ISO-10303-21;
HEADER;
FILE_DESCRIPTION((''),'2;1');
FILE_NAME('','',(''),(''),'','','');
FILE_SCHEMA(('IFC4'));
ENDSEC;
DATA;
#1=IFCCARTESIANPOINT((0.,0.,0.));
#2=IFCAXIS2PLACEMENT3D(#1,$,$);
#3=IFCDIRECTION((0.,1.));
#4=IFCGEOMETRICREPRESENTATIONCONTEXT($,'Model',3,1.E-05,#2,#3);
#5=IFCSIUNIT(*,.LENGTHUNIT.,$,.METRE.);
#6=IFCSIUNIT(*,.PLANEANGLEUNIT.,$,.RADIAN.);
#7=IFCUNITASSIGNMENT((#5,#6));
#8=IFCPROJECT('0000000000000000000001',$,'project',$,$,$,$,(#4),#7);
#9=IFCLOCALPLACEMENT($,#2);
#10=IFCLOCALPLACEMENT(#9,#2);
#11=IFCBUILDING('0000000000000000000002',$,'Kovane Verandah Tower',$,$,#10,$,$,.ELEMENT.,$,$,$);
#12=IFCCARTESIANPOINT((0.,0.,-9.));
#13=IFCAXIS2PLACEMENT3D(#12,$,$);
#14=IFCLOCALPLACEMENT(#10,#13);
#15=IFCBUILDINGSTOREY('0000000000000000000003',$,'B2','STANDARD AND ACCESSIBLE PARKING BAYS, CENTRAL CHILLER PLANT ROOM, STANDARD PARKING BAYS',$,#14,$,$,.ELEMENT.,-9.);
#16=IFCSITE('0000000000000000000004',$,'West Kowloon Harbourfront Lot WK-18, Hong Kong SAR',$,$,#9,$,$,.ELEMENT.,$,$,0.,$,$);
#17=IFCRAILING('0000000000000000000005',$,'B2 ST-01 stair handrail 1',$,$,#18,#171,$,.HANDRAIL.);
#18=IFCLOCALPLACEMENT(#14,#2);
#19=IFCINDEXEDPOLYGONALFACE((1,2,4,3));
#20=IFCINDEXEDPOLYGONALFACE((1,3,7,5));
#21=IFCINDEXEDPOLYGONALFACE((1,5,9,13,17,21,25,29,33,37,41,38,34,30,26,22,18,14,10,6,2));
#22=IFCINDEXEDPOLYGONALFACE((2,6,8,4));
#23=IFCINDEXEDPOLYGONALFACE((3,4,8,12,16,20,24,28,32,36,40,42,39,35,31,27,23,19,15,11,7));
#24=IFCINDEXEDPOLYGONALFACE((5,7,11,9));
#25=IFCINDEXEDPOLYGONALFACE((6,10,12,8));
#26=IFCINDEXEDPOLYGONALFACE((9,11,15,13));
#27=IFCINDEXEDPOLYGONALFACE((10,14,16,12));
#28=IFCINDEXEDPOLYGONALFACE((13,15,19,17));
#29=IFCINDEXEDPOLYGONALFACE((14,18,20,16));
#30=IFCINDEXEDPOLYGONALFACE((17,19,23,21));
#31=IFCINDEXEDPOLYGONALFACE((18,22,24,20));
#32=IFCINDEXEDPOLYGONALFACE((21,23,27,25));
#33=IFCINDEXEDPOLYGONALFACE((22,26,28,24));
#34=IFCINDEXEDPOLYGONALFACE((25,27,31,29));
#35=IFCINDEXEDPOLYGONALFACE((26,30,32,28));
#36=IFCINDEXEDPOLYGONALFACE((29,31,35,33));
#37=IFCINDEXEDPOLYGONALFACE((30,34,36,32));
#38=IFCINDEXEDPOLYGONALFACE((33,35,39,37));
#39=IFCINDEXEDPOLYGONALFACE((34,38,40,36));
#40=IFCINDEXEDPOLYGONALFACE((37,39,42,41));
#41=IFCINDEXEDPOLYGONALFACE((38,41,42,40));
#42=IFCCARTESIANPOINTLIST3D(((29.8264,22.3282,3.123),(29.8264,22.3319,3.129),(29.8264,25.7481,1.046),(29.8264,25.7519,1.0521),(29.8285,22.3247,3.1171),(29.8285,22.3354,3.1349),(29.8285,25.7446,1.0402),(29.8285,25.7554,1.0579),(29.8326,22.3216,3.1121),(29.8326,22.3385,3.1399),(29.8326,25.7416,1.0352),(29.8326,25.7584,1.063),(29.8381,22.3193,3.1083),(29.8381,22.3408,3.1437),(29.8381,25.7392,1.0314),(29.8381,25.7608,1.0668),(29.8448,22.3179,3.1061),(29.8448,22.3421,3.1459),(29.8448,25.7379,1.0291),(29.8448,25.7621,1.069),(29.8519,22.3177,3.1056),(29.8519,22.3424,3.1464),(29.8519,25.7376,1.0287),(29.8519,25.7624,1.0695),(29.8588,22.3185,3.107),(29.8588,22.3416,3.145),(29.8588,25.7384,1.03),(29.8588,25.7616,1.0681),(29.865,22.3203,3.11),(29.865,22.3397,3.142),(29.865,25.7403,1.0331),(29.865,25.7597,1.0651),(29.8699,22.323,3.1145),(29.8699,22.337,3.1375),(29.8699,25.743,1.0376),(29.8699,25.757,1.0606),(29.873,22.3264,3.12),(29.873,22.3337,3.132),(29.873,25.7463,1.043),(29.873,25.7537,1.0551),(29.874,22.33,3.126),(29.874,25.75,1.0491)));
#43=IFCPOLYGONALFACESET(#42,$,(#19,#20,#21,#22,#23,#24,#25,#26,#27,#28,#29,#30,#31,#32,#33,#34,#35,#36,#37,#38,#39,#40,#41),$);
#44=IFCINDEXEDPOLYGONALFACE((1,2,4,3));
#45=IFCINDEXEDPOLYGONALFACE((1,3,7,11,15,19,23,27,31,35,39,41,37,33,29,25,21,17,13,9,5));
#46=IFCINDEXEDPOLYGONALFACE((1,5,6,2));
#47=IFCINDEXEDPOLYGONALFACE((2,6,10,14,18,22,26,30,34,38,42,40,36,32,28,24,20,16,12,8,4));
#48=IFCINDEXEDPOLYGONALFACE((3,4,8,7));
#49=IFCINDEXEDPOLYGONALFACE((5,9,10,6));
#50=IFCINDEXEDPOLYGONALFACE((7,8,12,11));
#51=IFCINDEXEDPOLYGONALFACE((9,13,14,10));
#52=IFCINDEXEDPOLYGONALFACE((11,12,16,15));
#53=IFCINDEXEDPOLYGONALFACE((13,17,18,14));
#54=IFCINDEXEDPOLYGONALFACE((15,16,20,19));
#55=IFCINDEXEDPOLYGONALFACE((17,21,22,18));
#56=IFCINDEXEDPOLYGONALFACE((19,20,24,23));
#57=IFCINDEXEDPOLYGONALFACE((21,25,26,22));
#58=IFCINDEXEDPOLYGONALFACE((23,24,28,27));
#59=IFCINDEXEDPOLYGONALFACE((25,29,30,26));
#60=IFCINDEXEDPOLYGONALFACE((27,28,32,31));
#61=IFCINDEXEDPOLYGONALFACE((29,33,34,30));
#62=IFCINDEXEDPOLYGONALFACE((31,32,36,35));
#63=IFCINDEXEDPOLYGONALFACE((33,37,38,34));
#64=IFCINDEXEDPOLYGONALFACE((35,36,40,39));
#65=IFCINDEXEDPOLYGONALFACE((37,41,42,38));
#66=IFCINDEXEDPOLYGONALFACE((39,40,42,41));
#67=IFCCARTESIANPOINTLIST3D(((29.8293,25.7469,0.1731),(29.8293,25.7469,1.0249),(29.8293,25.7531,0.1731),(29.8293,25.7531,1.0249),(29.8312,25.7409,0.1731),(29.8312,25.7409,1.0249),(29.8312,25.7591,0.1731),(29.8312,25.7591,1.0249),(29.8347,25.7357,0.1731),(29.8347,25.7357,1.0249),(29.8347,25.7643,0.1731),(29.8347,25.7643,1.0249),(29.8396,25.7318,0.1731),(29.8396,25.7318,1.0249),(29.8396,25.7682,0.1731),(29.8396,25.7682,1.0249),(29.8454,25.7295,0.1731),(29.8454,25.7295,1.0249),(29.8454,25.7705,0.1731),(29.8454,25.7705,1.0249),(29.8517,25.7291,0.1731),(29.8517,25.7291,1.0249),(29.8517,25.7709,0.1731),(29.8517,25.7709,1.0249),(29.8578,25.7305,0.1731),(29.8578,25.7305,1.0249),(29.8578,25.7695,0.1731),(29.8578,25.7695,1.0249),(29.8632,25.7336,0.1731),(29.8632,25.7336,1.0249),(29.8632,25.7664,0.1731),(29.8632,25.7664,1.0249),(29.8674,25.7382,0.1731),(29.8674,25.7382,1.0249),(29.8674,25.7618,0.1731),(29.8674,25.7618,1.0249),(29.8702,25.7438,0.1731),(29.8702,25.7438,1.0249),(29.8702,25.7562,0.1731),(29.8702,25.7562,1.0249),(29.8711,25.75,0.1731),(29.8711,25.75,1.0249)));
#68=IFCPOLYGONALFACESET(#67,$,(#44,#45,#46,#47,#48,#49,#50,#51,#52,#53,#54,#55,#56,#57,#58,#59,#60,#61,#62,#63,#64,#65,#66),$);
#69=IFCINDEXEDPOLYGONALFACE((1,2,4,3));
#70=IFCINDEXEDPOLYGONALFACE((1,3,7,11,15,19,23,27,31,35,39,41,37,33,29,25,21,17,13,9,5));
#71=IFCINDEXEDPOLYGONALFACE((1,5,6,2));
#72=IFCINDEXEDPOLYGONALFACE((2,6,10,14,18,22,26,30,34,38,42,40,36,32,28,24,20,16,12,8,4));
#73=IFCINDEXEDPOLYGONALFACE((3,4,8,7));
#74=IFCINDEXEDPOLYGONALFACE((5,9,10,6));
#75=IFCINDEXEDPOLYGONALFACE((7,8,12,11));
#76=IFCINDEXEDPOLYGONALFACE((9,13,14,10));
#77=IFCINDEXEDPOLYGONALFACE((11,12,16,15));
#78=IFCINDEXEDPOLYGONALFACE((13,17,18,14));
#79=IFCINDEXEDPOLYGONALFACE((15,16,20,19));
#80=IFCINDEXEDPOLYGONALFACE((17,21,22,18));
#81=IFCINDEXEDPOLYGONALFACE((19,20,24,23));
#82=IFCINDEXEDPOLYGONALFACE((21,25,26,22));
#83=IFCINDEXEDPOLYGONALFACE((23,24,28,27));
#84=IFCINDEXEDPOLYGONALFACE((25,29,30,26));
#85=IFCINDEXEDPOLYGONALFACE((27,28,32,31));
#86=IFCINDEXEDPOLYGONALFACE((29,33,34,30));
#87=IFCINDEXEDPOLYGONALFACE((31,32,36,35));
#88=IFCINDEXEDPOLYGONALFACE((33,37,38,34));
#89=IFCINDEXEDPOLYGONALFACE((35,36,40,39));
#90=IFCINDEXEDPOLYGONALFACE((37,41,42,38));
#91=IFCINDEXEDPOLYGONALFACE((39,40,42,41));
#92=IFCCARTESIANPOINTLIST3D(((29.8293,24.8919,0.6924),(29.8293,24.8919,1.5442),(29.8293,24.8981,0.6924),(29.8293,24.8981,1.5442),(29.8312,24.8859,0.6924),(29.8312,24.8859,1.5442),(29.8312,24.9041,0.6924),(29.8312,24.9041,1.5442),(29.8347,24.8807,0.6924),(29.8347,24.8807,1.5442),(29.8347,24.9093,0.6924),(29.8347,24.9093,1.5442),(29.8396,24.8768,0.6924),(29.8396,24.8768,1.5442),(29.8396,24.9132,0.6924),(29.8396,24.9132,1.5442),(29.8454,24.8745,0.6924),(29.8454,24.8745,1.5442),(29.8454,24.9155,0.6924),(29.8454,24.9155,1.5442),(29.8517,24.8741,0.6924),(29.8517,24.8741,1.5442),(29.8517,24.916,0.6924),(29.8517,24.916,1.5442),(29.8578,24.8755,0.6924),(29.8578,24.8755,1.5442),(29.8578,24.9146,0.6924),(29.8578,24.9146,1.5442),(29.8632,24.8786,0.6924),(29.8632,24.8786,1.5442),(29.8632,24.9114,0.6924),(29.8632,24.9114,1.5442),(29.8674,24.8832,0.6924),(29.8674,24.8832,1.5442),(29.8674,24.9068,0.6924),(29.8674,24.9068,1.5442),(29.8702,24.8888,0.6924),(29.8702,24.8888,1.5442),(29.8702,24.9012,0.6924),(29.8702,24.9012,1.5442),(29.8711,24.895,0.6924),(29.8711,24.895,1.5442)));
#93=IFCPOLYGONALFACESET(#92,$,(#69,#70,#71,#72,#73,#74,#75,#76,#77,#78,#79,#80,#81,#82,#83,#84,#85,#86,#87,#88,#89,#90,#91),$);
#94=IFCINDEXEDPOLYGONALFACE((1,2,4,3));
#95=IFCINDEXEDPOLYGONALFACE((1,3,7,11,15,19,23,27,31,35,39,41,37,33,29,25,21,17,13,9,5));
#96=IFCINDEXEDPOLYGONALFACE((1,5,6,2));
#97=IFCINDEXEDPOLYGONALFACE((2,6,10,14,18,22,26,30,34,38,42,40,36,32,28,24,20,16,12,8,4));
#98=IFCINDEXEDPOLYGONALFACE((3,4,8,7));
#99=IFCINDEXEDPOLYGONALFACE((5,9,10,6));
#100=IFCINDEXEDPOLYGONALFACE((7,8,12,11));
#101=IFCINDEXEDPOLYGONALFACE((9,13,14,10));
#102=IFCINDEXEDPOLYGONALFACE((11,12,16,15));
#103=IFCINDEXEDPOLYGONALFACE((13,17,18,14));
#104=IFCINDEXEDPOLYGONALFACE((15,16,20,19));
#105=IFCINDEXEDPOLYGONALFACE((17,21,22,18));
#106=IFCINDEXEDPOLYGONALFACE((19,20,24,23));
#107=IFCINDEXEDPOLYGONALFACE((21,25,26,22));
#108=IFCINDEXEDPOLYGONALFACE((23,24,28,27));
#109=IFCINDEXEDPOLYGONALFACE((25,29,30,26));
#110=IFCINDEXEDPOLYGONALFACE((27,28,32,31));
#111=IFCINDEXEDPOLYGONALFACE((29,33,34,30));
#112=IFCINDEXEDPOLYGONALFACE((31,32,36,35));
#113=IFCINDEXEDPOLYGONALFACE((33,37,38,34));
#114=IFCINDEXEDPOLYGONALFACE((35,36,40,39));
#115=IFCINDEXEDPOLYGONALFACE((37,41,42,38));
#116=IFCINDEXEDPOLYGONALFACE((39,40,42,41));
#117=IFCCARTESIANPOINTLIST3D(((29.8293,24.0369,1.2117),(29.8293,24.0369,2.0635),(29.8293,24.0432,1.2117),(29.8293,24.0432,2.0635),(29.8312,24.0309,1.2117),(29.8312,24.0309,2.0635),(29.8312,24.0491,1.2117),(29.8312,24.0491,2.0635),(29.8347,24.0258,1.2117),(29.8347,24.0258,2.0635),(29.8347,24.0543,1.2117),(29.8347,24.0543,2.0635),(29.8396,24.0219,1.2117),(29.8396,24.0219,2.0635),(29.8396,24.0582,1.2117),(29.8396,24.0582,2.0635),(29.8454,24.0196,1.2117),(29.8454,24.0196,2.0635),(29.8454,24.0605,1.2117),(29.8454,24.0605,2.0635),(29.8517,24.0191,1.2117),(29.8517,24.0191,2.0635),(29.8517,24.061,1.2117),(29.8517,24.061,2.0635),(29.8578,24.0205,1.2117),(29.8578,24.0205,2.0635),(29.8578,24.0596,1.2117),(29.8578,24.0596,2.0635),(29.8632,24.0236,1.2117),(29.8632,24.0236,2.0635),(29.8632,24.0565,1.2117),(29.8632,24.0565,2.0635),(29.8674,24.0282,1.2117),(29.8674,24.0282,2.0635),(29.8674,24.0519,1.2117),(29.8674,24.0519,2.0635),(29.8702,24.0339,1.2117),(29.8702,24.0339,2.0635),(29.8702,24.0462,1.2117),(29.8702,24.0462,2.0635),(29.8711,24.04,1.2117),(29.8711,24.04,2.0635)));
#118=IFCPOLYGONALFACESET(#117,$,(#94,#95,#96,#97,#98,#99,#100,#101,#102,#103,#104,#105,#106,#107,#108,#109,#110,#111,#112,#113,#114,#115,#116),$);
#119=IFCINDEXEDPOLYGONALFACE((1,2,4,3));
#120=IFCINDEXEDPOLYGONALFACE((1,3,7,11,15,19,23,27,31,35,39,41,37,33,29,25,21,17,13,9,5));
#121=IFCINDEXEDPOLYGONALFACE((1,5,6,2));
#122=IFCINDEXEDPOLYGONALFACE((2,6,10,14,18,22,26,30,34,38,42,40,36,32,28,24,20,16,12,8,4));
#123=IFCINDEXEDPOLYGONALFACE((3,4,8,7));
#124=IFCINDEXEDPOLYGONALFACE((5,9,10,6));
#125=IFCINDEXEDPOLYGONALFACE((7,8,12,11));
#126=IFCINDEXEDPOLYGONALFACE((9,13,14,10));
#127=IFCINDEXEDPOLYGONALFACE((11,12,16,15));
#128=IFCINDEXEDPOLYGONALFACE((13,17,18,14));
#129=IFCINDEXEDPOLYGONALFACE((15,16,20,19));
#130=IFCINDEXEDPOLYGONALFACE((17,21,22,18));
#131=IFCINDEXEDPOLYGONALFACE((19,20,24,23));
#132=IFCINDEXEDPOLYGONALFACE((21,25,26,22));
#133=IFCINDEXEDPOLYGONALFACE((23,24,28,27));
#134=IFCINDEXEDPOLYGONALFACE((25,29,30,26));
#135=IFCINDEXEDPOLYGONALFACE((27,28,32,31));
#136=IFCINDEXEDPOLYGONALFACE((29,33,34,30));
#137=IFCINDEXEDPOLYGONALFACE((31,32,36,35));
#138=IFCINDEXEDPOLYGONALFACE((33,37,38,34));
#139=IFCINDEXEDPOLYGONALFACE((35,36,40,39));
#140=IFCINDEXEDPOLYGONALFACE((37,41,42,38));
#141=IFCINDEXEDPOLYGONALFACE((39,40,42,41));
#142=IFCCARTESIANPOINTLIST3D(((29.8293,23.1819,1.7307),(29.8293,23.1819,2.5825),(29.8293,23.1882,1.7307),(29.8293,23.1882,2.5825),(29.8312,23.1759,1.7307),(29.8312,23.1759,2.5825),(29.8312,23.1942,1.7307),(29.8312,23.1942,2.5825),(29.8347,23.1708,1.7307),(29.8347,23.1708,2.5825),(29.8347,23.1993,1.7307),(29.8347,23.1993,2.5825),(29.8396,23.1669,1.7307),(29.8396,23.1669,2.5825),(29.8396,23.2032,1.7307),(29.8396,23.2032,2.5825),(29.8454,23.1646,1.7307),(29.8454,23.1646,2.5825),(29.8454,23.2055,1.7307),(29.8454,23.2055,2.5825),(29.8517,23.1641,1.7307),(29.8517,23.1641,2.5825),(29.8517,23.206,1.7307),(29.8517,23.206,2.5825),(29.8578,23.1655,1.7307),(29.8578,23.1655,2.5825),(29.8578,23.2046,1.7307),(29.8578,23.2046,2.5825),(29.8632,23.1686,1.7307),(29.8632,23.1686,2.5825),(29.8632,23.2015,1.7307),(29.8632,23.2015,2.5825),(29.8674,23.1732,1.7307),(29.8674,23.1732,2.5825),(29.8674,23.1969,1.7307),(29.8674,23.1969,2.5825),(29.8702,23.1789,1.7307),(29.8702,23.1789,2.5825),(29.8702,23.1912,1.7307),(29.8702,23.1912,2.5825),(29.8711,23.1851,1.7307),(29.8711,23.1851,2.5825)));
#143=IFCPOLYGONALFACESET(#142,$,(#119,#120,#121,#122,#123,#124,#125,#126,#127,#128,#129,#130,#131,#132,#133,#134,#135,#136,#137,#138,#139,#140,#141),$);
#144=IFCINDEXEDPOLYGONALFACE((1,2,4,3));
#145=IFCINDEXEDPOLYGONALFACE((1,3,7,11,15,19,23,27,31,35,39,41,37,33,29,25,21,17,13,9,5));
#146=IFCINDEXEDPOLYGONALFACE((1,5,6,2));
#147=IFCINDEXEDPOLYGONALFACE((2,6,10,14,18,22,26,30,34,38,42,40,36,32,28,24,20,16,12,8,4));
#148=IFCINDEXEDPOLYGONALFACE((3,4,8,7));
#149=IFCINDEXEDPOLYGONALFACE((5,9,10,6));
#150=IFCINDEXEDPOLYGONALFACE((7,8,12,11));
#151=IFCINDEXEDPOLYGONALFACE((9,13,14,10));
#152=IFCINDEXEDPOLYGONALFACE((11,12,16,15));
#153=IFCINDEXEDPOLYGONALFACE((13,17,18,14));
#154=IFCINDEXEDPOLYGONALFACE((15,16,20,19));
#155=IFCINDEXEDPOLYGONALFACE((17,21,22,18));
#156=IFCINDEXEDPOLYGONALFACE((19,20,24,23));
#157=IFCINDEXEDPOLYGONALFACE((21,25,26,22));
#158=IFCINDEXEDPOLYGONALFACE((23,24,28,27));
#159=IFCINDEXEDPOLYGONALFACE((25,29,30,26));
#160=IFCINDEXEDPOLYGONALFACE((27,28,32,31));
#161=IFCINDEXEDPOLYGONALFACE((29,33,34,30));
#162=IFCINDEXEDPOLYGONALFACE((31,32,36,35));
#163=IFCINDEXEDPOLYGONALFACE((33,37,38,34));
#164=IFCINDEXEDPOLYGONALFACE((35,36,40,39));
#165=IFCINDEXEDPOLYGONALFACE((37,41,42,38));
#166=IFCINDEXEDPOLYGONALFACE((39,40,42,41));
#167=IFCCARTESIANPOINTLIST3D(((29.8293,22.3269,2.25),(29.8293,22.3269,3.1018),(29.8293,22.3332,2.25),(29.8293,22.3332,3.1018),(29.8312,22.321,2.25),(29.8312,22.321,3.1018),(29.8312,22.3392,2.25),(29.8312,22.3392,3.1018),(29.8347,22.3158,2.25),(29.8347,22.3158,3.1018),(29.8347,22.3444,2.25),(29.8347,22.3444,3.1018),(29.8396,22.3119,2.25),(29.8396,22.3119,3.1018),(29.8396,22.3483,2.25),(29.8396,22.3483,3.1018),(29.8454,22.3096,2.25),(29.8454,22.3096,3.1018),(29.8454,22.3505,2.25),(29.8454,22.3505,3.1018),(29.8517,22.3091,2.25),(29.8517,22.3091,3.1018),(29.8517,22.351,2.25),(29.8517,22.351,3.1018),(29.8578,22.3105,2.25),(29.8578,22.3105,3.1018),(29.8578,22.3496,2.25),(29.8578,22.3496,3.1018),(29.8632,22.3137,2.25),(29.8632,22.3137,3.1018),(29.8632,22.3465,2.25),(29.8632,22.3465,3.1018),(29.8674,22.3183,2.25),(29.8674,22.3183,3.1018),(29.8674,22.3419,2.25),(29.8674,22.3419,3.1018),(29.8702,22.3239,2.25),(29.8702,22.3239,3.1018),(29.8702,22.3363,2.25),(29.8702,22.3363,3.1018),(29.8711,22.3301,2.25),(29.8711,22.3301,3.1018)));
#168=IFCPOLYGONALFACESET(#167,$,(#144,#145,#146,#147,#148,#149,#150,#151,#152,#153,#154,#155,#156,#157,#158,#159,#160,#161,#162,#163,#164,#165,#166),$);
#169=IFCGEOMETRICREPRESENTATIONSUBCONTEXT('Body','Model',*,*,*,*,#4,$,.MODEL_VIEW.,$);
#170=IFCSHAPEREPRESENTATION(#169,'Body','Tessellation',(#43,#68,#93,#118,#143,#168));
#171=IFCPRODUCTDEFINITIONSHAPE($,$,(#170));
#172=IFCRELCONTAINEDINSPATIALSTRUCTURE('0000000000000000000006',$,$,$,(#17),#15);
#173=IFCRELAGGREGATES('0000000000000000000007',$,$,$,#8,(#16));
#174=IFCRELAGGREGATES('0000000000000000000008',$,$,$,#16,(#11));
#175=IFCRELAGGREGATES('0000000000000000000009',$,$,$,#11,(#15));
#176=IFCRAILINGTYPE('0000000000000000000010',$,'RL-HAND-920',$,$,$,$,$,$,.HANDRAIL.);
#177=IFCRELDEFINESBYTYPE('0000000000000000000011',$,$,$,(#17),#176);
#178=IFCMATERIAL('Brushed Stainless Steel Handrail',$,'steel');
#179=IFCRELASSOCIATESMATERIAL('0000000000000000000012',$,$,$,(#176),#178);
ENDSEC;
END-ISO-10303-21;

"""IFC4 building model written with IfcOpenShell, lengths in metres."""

from ifc_helpers import new_model, si_unit, direction, frame, origin, origin_2d, place, context, subcontext, project, spatial, circle, extrude, material, type_object, element, save


model = new_model("IFC4")

# Units and contexts
model_context = context("Model", 3, precision=1e-05, world=origin(), true_north=direction((0.0, 1.0)))
body_context = subcontext(model_context, "Body", "Model", "MODEL_VIEW")
ifc_project = project(units=[si_unit("LENGTHUNIT", "METRE"), si_unit("PLANEANGLEUNIT", "RADIAN")], contexts=[model_context])

# Site, building, storey
site_placement = place(None, origin())
site = spatial("IfcSite", under=ifc_project, at=site_placement, Name="West Kowloon Harbourfront Lot WK-18, Hong Kong SAR", CompositionType="ELEMENT", RefElevation=0.0)
building_placement = place(site_placement, origin())
building = spatial("IfcBuilding", under=site, at=building_placement, Name="Kovane Verandah Tower", CompositionType="ELEMENT")
storey_placement = place(building_placement, frame((0.0, 0.0, -9.0)))
storey = spatial("IfcBuildingStorey", under=building, at=storey_placement, Name="B2", Description="STANDARD AND ACCESSIBLE PARKING BAYS, CENTRAL CHILLER PLANT ROOM, STANDARD PARKING BAYS", CompositionType="ELEMENT", Elevation=-9.0)

# Railing
ifc_material_1 = material(Name="Brushed Stainless Steel Handrail", Category="steel")
railing_type_1 = type_object("IfcRailingType", Name="RL-HAND-920", PredefinedType="HANDRAIL", material=ifc_material_1)
railing_1_placement = place(storey_placement, frame((29.8501, 25.75, 0.1731)))
element("IfcRailing", 1, at=railing_1_placement, inside=storey, type_object=railing_type_1, Name="B2 ST-01 stair handrail 1", PredefinedType="HANDRAIL", context=body_context, shape_type="SweptSolid", body=[
    extrude(circle(Radius=0.0239, at=origin_2d()), frame((0.0, 0.0, 0.876), z_axis=(0.0, -0.85473, 0.519074), x_axis=(1.0, 0.0, 0.0)), (0.0, 0.0, 1.0), 4.0012),
    extrude(circle(Radius=0.021, at=origin_2d()), origin(), (0.0, 0.0, 1.0), 0.8518),
    extrude(circle(Radius=0.021, at=origin_2d()), frame((0.0, -0.855, 0.5193)), (0.0, 0.0, 1.0), 0.8518),
    extrude(circle(Radius=0.021, at=origin_2d()), frame((0.0, -1.71, 1.0386)), (0.0, 0.0, 1.0), 0.8518),
    extrude(circle(Radius=0.021, at=origin_2d()), frame((0.0, -2.5649, 1.5576)), (0.0, 0.0, 1.0), 0.8518),
    extrude(circle(Radius=0.021, at=origin_2d()), frame((0.0, -3.4199, 2.0769)), (0.0, 0.0, 1.0), 0.8518),
])

save(model, "model.ifc")
